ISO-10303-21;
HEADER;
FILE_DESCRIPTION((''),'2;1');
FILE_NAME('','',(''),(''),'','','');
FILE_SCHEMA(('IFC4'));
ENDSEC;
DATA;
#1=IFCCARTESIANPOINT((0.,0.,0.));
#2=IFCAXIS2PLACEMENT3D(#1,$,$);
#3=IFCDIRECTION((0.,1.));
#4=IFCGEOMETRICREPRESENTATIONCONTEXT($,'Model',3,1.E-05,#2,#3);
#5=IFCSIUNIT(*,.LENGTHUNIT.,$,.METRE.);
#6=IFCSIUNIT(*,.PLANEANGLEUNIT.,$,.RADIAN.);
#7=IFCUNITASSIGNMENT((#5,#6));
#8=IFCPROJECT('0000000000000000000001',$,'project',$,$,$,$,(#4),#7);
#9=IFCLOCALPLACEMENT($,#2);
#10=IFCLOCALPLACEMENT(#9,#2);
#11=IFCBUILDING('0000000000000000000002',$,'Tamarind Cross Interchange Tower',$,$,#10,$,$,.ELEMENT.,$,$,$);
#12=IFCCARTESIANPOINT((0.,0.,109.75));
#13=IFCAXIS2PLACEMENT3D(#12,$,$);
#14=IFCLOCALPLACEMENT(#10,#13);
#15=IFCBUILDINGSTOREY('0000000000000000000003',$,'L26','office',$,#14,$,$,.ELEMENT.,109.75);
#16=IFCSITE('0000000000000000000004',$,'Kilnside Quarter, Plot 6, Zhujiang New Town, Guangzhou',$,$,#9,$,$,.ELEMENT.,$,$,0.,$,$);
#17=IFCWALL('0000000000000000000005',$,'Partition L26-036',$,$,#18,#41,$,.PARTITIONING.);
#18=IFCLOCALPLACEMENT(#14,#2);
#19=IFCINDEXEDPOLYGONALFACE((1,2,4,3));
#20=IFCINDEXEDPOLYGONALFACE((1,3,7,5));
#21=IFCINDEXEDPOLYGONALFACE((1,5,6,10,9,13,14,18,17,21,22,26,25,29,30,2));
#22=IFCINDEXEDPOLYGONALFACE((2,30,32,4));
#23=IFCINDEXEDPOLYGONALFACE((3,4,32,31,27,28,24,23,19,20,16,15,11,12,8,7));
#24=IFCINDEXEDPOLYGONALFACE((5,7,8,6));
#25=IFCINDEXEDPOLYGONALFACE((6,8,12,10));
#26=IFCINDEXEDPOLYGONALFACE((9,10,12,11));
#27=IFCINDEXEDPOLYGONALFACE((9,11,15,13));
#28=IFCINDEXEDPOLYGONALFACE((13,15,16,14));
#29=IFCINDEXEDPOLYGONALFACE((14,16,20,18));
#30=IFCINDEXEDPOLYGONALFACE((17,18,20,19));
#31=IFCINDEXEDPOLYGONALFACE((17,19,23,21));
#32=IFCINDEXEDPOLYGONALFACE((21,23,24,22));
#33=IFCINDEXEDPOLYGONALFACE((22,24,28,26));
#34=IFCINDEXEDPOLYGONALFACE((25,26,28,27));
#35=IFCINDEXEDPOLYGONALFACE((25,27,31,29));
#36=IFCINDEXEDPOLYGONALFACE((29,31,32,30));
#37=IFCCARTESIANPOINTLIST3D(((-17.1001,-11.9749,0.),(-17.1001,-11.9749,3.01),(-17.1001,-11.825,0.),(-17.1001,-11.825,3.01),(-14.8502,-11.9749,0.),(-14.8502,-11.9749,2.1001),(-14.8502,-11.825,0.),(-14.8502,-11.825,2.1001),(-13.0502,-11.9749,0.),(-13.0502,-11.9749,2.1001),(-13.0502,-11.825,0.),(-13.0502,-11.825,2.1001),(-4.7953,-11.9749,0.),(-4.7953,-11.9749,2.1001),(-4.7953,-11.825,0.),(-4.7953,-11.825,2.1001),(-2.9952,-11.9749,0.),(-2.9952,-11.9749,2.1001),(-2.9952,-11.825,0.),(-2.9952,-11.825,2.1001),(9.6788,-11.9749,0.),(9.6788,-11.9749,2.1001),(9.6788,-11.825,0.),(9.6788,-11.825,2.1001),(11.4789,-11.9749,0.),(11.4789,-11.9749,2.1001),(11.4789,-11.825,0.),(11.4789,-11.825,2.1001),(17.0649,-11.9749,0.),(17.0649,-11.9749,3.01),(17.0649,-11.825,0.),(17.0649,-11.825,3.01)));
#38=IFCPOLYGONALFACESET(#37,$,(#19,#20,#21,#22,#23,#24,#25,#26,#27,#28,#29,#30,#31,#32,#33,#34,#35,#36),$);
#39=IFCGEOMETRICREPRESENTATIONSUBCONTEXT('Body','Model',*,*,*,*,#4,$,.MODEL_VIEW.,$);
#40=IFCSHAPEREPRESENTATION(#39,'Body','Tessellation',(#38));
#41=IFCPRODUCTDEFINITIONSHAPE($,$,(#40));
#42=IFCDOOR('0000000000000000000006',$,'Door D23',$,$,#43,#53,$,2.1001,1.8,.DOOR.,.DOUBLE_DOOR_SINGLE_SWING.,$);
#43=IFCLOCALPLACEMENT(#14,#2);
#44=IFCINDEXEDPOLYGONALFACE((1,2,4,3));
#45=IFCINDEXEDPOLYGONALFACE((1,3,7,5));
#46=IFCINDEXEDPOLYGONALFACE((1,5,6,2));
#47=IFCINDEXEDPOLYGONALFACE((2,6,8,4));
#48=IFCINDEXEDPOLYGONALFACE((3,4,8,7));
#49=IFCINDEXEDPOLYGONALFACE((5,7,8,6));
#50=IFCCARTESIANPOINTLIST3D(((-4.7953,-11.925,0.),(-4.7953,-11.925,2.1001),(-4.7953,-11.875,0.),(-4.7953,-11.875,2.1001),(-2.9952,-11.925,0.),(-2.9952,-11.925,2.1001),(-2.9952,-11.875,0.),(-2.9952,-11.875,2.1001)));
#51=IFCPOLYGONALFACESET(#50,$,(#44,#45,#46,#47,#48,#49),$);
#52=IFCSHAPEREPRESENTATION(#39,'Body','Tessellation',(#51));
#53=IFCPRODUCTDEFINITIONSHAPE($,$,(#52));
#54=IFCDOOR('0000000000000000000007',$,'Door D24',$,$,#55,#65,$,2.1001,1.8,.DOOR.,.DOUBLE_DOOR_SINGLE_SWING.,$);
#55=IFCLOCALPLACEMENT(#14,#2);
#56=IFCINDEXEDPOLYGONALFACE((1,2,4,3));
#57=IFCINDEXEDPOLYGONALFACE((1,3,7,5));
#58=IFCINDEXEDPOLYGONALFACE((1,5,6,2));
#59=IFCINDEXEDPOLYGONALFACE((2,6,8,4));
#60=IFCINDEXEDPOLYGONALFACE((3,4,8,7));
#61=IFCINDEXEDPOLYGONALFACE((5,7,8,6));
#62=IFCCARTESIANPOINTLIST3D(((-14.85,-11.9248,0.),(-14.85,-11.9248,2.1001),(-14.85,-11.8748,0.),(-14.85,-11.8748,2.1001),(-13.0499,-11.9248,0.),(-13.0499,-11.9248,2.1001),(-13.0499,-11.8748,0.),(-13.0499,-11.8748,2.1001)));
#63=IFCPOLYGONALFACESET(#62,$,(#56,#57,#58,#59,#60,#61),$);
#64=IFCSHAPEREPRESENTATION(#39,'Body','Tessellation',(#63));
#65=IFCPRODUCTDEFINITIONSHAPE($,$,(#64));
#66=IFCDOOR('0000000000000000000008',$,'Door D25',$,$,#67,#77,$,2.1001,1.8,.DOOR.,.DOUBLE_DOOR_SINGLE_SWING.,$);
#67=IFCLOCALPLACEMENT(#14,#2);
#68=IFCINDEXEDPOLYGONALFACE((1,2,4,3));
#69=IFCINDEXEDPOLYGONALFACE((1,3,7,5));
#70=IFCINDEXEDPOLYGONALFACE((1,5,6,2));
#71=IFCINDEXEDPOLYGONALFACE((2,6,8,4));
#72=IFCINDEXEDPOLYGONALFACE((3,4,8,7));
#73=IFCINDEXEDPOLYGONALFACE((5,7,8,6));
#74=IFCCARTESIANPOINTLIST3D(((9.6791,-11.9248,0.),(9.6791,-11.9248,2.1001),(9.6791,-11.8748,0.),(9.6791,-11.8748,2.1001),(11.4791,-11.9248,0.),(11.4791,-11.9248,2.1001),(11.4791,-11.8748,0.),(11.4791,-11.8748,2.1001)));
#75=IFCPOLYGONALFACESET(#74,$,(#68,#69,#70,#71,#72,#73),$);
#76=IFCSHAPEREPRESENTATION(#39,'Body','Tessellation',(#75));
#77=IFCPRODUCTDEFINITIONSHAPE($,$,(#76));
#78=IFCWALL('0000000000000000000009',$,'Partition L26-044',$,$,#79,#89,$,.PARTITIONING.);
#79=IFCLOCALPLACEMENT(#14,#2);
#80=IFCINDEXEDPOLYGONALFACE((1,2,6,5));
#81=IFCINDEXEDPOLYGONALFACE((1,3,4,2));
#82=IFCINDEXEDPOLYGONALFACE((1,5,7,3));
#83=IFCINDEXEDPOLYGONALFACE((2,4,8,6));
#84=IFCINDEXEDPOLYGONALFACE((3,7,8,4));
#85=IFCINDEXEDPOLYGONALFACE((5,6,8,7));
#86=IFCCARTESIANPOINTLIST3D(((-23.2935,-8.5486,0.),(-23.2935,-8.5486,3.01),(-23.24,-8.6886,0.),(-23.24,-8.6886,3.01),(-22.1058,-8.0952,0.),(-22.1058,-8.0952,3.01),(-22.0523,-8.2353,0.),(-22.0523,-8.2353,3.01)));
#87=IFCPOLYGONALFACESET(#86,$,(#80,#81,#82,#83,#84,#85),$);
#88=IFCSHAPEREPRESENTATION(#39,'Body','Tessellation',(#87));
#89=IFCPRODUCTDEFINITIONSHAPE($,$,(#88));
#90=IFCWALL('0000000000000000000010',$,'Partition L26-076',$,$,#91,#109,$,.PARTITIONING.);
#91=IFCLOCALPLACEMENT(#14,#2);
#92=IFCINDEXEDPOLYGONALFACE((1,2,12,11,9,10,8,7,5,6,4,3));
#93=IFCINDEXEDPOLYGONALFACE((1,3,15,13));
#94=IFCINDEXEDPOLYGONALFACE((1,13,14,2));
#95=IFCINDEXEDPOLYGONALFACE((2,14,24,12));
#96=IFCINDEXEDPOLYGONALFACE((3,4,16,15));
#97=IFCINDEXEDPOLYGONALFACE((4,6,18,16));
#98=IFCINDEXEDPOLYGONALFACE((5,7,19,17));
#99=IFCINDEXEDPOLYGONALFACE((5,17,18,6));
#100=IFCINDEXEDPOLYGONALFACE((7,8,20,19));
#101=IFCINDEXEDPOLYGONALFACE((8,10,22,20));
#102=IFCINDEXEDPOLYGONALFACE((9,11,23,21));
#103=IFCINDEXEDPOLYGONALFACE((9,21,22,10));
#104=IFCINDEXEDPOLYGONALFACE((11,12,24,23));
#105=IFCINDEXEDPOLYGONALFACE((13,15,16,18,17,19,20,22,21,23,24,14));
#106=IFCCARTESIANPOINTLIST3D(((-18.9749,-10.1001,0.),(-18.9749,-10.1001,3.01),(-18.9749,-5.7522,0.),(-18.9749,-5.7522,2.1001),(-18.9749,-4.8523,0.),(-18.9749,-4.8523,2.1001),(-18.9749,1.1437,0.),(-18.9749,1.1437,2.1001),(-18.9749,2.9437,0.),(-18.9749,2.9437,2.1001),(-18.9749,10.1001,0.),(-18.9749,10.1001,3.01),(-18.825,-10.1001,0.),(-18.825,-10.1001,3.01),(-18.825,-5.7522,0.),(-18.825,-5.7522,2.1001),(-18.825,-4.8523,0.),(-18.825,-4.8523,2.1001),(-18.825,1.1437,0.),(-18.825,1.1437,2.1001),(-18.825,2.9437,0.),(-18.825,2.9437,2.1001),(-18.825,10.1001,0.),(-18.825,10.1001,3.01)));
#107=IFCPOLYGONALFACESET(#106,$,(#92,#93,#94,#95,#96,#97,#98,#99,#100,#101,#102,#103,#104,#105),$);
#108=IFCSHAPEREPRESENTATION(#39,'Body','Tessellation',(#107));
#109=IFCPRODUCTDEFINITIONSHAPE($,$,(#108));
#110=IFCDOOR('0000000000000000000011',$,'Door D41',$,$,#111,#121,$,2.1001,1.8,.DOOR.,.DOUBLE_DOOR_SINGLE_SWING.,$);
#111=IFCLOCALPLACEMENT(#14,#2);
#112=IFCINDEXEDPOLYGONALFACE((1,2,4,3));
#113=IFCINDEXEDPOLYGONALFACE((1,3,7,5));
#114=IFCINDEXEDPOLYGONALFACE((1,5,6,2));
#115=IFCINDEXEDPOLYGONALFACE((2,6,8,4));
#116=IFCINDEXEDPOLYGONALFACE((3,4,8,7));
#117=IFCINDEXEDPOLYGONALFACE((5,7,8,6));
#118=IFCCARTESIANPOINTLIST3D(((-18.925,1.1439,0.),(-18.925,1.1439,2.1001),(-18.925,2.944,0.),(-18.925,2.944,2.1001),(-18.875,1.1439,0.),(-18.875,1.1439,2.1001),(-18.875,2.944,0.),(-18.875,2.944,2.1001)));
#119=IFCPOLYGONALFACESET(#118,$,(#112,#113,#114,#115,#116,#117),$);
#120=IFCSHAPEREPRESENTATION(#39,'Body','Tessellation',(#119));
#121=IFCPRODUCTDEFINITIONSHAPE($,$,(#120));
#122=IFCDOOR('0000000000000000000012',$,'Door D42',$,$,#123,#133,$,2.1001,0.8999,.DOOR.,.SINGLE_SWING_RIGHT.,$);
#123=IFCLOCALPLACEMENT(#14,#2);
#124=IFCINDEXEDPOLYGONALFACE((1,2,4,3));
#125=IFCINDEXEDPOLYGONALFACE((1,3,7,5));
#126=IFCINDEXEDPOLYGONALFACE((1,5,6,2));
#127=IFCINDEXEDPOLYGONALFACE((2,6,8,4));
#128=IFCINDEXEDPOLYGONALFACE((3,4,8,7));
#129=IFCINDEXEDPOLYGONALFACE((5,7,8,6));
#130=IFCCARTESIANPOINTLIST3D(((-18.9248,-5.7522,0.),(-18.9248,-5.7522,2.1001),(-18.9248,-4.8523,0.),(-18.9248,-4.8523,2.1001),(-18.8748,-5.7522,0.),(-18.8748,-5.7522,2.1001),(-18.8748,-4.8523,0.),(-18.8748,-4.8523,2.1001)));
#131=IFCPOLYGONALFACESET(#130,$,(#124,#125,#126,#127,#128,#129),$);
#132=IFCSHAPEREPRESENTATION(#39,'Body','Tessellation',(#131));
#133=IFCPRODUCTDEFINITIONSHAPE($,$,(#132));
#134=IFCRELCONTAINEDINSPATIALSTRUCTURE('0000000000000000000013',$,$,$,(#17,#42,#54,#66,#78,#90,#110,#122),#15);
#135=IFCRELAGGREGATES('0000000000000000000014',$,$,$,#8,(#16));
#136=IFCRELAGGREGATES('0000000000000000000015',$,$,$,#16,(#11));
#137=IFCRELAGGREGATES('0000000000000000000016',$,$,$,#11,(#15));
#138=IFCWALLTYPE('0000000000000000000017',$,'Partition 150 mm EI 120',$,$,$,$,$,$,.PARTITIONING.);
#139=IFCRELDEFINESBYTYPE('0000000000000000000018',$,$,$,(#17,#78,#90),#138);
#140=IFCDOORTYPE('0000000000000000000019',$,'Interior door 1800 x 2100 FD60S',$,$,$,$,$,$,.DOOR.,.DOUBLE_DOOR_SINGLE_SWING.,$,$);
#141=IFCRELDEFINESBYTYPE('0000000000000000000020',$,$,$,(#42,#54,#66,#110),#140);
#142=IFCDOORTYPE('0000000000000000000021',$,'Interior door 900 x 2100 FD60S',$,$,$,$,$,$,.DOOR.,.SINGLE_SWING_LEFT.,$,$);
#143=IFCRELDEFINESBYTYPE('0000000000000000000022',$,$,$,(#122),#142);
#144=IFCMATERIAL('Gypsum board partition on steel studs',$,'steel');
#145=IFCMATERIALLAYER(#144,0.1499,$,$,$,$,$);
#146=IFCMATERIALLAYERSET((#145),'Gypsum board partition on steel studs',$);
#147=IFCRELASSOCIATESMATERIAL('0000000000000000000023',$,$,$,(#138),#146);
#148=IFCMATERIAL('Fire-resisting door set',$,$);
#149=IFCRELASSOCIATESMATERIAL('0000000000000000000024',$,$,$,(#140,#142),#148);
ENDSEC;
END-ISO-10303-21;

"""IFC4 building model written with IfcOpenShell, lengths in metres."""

from ifc_helpers import new_model, si_unit, direction, frame, frame_2d, origin, place, context, subcontext, project, spatial, rectangle, extrude, material, layer, layer_set, type_object, element, fill, save


model = new_model("IFC4")

# Units and contexts
model_context = context("Model", 3, precision=1e-05, world=origin(), true_north=direction((0.0, 1.0)))
body_context = subcontext(model_context, "Body", "Model", "MODEL_VIEW")
ifc_project = project(units=[si_unit("LENGTHUNIT", "METRE"), si_unit("PLANEANGLEUNIT", "RADIAN")], contexts=[model_context])

# Site, building, storey
site_placement = place(None, origin())
site = spatial("IfcSite", under=ifc_project, at=site_placement, Name="Kilnside Quarter, Plot 6, Zhujiang New Town, Guangzhou", CompositionType="ELEMENT", RefElevation=0.0)
building_placement = place(site_placement, origin())
building = spatial("IfcBuilding", under=site, at=building_placement, Name="Tamarind Cross Interchange Tower", CompositionType="ELEMENT")
storey_placement = place(building_placement, frame((0.0, 0.0, 109.75)))
storey = spatial("IfcBuildingStorey", under=building, at=storey_placement, Name="L26", Description="office", CompositionType="ELEMENT", Elevation=109.75)

# Shared definitions
ifc_material_1 = material(Name="Gypsum board partition on steel studs", Category="steel")
ifc_layer_1 = layer(ifc_material_1, 0.1499)
ifc_layer_set_1 = layer_set([ifc_layer_1], Name="Gypsum board partition on steel studs")
wall_type_1 = type_object("IfcWallType", Name="Partition 150 mm EI 120", PredefinedType="PARTITIONING", material=ifc_layer_set_1)

# Wall, openings, doors
wall_1_placement = place(storey_placement, frame((-17.1001, -11.8999, 0.0), z_axis=(0.0, 0.0, 1.0), x_axis=(1.0, 0.0, 0.0)))
wall_1 = element("IfcWall", 1, at=wall_1_placement, inside=storey, type_object=wall_type_1, Name="Partition L26-036", PredefinedType="PARTITIONING", context=body_context, shape_type="SweptSolid", body=[
    extrude(rectangle(XDim=34.165, YDim=0.1499, at=frame_2d((17.0825, 0.0))), origin(), (0.0, 0.0, 1.0), 3.01),
])
opening_1_placement = place(wall_1_placement, frame((12.3049, 0.0, 0.0)))
opening_1 = element("IfcOpeningElement", 2, at=opening_1_placement, cuts=wall_1, PredefinedType="OPENING", context=body_context, shape_type="SweptSolid", body=[
    extrude(rectangle(XDim=1.8, YDim=2.1001, at=frame_2d((0.8999, 1.05))), frame((0.0, 0.085, 0.0), z_axis=(0.0, -1.0, 0.0), x_axis=(1.0, 0.0, 0.0)), (0.0, 0.0, 1.0), 0.1699),
])
opening_2_placement = place(wall_1_placement, frame((2.25, 0.0, 0.0)))
opening_2 = element("IfcOpeningElement", 3, at=opening_2_placement, cuts=wall_1, PredefinedType="OPENING", context=body_context, shape_type="SweptSolid", body=[
    extrude(rectangle(XDim=1.8, YDim=2.1001, at=frame_2d((0.8999, 1.05))), frame((0.0, 0.085, 0.0), z_axis=(0.0, -1.0, 0.0), x_axis=(1.0, 0.0, 0.0)), (0.0, 0.0, 1.0), 0.1699),
])
opening_3_placement = place(wall_1_placement, frame((26.7791, 0.0, 0.0)))
opening_3 = element("IfcOpeningElement", 4, at=opening_3_placement, cuts=wall_1, PredefinedType="OPENING", context=body_context, shape_type="SweptSolid", body=[
    extrude(rectangle(XDim=1.8, YDim=2.1001, at=frame_2d((0.8999, 1.05))), frame((0.0, 0.085, 0.0), z_axis=(0.0, -1.0, 0.0), x_axis=(1.0, 0.0, 0.0)), (0.0, 0.0, 1.0), 0.1699),
])
ifc_material_2 = material(Name="Fire-resisting door set")
door_type_1 = type_object("IfcDoorType", Name="Interior door 1800 x 2100 FD60S", OperationType="DOUBLE_DOOR_SINGLE_SWING", PredefinedType="DOOR", material=ifc_material_2)
door_1_placement = place(opening_1_placement, origin())
door_1 = element("IfcDoor", 5, at=door_1_placement, inside=storey, type_object=door_type_1, Name="Door D23", OperationType="DOUBLE_DOOR_SINGLE_SWING", OverallHeight=2.1001, OverallWidth=1.8, PredefinedType="DOOR", context=body_context, shape_type="SweptSolid", body=[
    extrude(rectangle(XDim=1.8, YDim=2.1001, at=frame_2d((0.8999, 1.05))), frame((0.0, 0.0249, 0.0), z_axis=(0.0, -1.0, 0.0), x_axis=(1.0, 0.0, 0.0)), (0.0, 0.0, 1.0), 0.05),
])
fill(opening_1, door_1)
door_2_placement = place(opening_2_placement, frame((1.8, 0.0, 0.0), z_axis=(0.0, 0.0, 1.0), x_axis=(-1.0, 0.0, 0.0)))
door_2 = element("IfcDoor", 6, at=door_2_placement, inside=storey, type_object=door_type_1, Name="Door D24", OperationType="DOUBLE_DOOR_SINGLE_SWING", OverallHeight=2.1001, OverallWidth=1.8, PredefinedType="DOOR", context=body_context, shape_type="SweptSolid", body=[
    extrude(rectangle(XDim=1.8, YDim=2.1001, at=frame_2d((0.8999, 1.05))), frame((0.0, 0.0249, 0.0), z_axis=(0.0, -1.0, 0.0), x_axis=(1.0, 0.0, 0.0)), (0.0, 0.0, 1.0), 0.05),
])
fill(opening_2, door_2)
door_3_placement = place(opening_3_placement, frame((1.8, 0.0, 0.0), z_axis=(0.0, 0.0, 1.0), x_axis=(-1.0, 0.0, 0.0)))
door_3 = element("IfcDoor", 7, at=door_3_placement, inside=storey, type_object=door_type_1, Name="Door D25", OperationType="DOUBLE_DOOR_SINGLE_SWING", OverallHeight=2.1001, OverallWidth=1.8, PredefinedType="DOOR", context=body_context, shape_type="SweptSolid", body=[
    extrude(rectangle(XDim=1.8, YDim=2.1001, at=frame_2d((0.8999, 1.05))), frame((0.0, 0.0249, 0.0), z_axis=(0.0, -1.0, 0.0), x_axis=(1.0, 0.0, 0.0)), (0.0, 0.0, 1.0), 0.05),
])
fill(opening_3, door_3)

# Wall
wall_2_placement = place(storey_placement, frame((-23.2668, -8.6187, 0.0), z_axis=(0.0, 0.0, 1.0), x_axis=(0.934253, 0.35661, 0.0)))
element("IfcWall", 8, at=wall_2_placement, inside=storey, type_object=wall_type_1, Name="Partition L26-044", PredefinedType="PARTITIONING", context=body_context, shape_type="SweptSolid", body=[
    extrude(rectangle(XDim=1.2712, YDim=0.1499, at=frame_2d((0.6357, 0.0))), origin(), (0.0, 0.0, 1.0), 3.01),
])

# Wall, openings, doors
wall_3_placement = place(storey_placement, frame((-18.8999, -10.1001, 0.0), z_axis=(0.0, 0.0, 1.0), x_axis=(0.0, 1.0, 0.0)))
wall_3 = element("IfcWall", 9, at=wall_3_placement, inside=storey, type_object=wall_type_1, Name="Partition L26-076", PredefinedType="PARTITIONING", context=body_context, shape_type="SweptSolid", body=[
    extrude(rectangle(XDim=20.2002, YDim=0.1499, at=frame_2d((10.1001, 0.0))), origin(), (0.0, 0.0, 1.0), 3.01),
])
opening_4_placement = place(wall_3_placement, frame((11.2439, 0.0, 0.0)))
opening_4 = element("IfcOpeningElement", 10, at=opening_4_placement, cuts=wall_3, PredefinedType="OPENING", context=body_context, shape_type="SweptSolid", body=[
    extrude(rectangle(XDim=1.8, YDim=2.1001, at=frame_2d((0.8999, 1.05))), frame((0.0, 0.085, 0.0), z_axis=(0.0, -1.0, 0.0), x_axis=(1.0, 0.0, 0.0)), (0.0, 0.0, 1.0), 0.1699),
])
opening_5_placement = place(wall_3_placement, frame((4.3479, 0.0, 0.0)))
opening_5 = element("IfcOpeningElement", 11, at=opening_5_placement, cuts=wall_3, PredefinedType="OPENING", context=body_context, shape_type="SweptSolid", body=[
    extrude(rectangle(XDim=0.8999, YDim=2.1001, at=frame_2d((0.45, 1.05))), frame((0.0, 0.085, 0.0), z_axis=(0.0, -1.0, 0.0), x_axis=(1.0, 0.0, 0.0)), (0.0, 0.0, 1.0), 0.1699),
])
door_4_placement = place(opening_4_placement, frame((1.8, 0.0, 0.0), z_axis=(0.0, 0.0, 1.0), x_axis=(-1.0, 0.0, 0.0)))
door_4 = element("IfcDoor", 12, at=door_4_placement, inside=storey, type_object=door_type_1, Name="Door D41", OperationType="DOUBLE_DOOR_SINGLE_SWING", OverallHeight=2.1001, OverallWidth=1.8, PredefinedType="DOOR", context=body_context, shape_type="SweptSolid", body=[
    extrude(rectangle(XDim=1.8, YDim=2.1001, at=frame_2d((0.8999, 1.05))), frame((0.0, 0.0249, 0.0), z_axis=(0.0, -1.0, 0.0), x_axis=(1.0, 0.0, 0.0)), (0.0, 0.0, 1.0), 0.05),
])
fill(opening_4, door_4)
door_type_2 = type_object("IfcDoorType", Name="Interior door 900 x 2100 FD60S", OperationType="SINGLE_SWING_LEFT", PredefinedType="DOOR", material=ifc_material_2)
door_5_placement = place(opening_5_placement, origin())
door_5 = element("IfcDoor", 13, at=door_5_placement, inside=storey, type_object=door_type_2, Name="Door D42", OperationType="SINGLE_SWING_RIGHT", OverallHeight=2.1001, OverallWidth=0.8999, PredefinedType="DOOR", context=body_context, shape_type="SweptSolid", body=[
    extrude(rectangle(XDim=0.8999, YDim=2.1001, at=frame_2d((0.45, 1.05))), frame((0.0, 0.0249, 0.0), z_axis=(0.0, -1.0, 0.0), x_axis=(1.0, 0.0, 0.0)), (0.0, 0.0, 1.0), 0.05),
])
fill(opening_5, door_5)

save(model, "model.ifc")
